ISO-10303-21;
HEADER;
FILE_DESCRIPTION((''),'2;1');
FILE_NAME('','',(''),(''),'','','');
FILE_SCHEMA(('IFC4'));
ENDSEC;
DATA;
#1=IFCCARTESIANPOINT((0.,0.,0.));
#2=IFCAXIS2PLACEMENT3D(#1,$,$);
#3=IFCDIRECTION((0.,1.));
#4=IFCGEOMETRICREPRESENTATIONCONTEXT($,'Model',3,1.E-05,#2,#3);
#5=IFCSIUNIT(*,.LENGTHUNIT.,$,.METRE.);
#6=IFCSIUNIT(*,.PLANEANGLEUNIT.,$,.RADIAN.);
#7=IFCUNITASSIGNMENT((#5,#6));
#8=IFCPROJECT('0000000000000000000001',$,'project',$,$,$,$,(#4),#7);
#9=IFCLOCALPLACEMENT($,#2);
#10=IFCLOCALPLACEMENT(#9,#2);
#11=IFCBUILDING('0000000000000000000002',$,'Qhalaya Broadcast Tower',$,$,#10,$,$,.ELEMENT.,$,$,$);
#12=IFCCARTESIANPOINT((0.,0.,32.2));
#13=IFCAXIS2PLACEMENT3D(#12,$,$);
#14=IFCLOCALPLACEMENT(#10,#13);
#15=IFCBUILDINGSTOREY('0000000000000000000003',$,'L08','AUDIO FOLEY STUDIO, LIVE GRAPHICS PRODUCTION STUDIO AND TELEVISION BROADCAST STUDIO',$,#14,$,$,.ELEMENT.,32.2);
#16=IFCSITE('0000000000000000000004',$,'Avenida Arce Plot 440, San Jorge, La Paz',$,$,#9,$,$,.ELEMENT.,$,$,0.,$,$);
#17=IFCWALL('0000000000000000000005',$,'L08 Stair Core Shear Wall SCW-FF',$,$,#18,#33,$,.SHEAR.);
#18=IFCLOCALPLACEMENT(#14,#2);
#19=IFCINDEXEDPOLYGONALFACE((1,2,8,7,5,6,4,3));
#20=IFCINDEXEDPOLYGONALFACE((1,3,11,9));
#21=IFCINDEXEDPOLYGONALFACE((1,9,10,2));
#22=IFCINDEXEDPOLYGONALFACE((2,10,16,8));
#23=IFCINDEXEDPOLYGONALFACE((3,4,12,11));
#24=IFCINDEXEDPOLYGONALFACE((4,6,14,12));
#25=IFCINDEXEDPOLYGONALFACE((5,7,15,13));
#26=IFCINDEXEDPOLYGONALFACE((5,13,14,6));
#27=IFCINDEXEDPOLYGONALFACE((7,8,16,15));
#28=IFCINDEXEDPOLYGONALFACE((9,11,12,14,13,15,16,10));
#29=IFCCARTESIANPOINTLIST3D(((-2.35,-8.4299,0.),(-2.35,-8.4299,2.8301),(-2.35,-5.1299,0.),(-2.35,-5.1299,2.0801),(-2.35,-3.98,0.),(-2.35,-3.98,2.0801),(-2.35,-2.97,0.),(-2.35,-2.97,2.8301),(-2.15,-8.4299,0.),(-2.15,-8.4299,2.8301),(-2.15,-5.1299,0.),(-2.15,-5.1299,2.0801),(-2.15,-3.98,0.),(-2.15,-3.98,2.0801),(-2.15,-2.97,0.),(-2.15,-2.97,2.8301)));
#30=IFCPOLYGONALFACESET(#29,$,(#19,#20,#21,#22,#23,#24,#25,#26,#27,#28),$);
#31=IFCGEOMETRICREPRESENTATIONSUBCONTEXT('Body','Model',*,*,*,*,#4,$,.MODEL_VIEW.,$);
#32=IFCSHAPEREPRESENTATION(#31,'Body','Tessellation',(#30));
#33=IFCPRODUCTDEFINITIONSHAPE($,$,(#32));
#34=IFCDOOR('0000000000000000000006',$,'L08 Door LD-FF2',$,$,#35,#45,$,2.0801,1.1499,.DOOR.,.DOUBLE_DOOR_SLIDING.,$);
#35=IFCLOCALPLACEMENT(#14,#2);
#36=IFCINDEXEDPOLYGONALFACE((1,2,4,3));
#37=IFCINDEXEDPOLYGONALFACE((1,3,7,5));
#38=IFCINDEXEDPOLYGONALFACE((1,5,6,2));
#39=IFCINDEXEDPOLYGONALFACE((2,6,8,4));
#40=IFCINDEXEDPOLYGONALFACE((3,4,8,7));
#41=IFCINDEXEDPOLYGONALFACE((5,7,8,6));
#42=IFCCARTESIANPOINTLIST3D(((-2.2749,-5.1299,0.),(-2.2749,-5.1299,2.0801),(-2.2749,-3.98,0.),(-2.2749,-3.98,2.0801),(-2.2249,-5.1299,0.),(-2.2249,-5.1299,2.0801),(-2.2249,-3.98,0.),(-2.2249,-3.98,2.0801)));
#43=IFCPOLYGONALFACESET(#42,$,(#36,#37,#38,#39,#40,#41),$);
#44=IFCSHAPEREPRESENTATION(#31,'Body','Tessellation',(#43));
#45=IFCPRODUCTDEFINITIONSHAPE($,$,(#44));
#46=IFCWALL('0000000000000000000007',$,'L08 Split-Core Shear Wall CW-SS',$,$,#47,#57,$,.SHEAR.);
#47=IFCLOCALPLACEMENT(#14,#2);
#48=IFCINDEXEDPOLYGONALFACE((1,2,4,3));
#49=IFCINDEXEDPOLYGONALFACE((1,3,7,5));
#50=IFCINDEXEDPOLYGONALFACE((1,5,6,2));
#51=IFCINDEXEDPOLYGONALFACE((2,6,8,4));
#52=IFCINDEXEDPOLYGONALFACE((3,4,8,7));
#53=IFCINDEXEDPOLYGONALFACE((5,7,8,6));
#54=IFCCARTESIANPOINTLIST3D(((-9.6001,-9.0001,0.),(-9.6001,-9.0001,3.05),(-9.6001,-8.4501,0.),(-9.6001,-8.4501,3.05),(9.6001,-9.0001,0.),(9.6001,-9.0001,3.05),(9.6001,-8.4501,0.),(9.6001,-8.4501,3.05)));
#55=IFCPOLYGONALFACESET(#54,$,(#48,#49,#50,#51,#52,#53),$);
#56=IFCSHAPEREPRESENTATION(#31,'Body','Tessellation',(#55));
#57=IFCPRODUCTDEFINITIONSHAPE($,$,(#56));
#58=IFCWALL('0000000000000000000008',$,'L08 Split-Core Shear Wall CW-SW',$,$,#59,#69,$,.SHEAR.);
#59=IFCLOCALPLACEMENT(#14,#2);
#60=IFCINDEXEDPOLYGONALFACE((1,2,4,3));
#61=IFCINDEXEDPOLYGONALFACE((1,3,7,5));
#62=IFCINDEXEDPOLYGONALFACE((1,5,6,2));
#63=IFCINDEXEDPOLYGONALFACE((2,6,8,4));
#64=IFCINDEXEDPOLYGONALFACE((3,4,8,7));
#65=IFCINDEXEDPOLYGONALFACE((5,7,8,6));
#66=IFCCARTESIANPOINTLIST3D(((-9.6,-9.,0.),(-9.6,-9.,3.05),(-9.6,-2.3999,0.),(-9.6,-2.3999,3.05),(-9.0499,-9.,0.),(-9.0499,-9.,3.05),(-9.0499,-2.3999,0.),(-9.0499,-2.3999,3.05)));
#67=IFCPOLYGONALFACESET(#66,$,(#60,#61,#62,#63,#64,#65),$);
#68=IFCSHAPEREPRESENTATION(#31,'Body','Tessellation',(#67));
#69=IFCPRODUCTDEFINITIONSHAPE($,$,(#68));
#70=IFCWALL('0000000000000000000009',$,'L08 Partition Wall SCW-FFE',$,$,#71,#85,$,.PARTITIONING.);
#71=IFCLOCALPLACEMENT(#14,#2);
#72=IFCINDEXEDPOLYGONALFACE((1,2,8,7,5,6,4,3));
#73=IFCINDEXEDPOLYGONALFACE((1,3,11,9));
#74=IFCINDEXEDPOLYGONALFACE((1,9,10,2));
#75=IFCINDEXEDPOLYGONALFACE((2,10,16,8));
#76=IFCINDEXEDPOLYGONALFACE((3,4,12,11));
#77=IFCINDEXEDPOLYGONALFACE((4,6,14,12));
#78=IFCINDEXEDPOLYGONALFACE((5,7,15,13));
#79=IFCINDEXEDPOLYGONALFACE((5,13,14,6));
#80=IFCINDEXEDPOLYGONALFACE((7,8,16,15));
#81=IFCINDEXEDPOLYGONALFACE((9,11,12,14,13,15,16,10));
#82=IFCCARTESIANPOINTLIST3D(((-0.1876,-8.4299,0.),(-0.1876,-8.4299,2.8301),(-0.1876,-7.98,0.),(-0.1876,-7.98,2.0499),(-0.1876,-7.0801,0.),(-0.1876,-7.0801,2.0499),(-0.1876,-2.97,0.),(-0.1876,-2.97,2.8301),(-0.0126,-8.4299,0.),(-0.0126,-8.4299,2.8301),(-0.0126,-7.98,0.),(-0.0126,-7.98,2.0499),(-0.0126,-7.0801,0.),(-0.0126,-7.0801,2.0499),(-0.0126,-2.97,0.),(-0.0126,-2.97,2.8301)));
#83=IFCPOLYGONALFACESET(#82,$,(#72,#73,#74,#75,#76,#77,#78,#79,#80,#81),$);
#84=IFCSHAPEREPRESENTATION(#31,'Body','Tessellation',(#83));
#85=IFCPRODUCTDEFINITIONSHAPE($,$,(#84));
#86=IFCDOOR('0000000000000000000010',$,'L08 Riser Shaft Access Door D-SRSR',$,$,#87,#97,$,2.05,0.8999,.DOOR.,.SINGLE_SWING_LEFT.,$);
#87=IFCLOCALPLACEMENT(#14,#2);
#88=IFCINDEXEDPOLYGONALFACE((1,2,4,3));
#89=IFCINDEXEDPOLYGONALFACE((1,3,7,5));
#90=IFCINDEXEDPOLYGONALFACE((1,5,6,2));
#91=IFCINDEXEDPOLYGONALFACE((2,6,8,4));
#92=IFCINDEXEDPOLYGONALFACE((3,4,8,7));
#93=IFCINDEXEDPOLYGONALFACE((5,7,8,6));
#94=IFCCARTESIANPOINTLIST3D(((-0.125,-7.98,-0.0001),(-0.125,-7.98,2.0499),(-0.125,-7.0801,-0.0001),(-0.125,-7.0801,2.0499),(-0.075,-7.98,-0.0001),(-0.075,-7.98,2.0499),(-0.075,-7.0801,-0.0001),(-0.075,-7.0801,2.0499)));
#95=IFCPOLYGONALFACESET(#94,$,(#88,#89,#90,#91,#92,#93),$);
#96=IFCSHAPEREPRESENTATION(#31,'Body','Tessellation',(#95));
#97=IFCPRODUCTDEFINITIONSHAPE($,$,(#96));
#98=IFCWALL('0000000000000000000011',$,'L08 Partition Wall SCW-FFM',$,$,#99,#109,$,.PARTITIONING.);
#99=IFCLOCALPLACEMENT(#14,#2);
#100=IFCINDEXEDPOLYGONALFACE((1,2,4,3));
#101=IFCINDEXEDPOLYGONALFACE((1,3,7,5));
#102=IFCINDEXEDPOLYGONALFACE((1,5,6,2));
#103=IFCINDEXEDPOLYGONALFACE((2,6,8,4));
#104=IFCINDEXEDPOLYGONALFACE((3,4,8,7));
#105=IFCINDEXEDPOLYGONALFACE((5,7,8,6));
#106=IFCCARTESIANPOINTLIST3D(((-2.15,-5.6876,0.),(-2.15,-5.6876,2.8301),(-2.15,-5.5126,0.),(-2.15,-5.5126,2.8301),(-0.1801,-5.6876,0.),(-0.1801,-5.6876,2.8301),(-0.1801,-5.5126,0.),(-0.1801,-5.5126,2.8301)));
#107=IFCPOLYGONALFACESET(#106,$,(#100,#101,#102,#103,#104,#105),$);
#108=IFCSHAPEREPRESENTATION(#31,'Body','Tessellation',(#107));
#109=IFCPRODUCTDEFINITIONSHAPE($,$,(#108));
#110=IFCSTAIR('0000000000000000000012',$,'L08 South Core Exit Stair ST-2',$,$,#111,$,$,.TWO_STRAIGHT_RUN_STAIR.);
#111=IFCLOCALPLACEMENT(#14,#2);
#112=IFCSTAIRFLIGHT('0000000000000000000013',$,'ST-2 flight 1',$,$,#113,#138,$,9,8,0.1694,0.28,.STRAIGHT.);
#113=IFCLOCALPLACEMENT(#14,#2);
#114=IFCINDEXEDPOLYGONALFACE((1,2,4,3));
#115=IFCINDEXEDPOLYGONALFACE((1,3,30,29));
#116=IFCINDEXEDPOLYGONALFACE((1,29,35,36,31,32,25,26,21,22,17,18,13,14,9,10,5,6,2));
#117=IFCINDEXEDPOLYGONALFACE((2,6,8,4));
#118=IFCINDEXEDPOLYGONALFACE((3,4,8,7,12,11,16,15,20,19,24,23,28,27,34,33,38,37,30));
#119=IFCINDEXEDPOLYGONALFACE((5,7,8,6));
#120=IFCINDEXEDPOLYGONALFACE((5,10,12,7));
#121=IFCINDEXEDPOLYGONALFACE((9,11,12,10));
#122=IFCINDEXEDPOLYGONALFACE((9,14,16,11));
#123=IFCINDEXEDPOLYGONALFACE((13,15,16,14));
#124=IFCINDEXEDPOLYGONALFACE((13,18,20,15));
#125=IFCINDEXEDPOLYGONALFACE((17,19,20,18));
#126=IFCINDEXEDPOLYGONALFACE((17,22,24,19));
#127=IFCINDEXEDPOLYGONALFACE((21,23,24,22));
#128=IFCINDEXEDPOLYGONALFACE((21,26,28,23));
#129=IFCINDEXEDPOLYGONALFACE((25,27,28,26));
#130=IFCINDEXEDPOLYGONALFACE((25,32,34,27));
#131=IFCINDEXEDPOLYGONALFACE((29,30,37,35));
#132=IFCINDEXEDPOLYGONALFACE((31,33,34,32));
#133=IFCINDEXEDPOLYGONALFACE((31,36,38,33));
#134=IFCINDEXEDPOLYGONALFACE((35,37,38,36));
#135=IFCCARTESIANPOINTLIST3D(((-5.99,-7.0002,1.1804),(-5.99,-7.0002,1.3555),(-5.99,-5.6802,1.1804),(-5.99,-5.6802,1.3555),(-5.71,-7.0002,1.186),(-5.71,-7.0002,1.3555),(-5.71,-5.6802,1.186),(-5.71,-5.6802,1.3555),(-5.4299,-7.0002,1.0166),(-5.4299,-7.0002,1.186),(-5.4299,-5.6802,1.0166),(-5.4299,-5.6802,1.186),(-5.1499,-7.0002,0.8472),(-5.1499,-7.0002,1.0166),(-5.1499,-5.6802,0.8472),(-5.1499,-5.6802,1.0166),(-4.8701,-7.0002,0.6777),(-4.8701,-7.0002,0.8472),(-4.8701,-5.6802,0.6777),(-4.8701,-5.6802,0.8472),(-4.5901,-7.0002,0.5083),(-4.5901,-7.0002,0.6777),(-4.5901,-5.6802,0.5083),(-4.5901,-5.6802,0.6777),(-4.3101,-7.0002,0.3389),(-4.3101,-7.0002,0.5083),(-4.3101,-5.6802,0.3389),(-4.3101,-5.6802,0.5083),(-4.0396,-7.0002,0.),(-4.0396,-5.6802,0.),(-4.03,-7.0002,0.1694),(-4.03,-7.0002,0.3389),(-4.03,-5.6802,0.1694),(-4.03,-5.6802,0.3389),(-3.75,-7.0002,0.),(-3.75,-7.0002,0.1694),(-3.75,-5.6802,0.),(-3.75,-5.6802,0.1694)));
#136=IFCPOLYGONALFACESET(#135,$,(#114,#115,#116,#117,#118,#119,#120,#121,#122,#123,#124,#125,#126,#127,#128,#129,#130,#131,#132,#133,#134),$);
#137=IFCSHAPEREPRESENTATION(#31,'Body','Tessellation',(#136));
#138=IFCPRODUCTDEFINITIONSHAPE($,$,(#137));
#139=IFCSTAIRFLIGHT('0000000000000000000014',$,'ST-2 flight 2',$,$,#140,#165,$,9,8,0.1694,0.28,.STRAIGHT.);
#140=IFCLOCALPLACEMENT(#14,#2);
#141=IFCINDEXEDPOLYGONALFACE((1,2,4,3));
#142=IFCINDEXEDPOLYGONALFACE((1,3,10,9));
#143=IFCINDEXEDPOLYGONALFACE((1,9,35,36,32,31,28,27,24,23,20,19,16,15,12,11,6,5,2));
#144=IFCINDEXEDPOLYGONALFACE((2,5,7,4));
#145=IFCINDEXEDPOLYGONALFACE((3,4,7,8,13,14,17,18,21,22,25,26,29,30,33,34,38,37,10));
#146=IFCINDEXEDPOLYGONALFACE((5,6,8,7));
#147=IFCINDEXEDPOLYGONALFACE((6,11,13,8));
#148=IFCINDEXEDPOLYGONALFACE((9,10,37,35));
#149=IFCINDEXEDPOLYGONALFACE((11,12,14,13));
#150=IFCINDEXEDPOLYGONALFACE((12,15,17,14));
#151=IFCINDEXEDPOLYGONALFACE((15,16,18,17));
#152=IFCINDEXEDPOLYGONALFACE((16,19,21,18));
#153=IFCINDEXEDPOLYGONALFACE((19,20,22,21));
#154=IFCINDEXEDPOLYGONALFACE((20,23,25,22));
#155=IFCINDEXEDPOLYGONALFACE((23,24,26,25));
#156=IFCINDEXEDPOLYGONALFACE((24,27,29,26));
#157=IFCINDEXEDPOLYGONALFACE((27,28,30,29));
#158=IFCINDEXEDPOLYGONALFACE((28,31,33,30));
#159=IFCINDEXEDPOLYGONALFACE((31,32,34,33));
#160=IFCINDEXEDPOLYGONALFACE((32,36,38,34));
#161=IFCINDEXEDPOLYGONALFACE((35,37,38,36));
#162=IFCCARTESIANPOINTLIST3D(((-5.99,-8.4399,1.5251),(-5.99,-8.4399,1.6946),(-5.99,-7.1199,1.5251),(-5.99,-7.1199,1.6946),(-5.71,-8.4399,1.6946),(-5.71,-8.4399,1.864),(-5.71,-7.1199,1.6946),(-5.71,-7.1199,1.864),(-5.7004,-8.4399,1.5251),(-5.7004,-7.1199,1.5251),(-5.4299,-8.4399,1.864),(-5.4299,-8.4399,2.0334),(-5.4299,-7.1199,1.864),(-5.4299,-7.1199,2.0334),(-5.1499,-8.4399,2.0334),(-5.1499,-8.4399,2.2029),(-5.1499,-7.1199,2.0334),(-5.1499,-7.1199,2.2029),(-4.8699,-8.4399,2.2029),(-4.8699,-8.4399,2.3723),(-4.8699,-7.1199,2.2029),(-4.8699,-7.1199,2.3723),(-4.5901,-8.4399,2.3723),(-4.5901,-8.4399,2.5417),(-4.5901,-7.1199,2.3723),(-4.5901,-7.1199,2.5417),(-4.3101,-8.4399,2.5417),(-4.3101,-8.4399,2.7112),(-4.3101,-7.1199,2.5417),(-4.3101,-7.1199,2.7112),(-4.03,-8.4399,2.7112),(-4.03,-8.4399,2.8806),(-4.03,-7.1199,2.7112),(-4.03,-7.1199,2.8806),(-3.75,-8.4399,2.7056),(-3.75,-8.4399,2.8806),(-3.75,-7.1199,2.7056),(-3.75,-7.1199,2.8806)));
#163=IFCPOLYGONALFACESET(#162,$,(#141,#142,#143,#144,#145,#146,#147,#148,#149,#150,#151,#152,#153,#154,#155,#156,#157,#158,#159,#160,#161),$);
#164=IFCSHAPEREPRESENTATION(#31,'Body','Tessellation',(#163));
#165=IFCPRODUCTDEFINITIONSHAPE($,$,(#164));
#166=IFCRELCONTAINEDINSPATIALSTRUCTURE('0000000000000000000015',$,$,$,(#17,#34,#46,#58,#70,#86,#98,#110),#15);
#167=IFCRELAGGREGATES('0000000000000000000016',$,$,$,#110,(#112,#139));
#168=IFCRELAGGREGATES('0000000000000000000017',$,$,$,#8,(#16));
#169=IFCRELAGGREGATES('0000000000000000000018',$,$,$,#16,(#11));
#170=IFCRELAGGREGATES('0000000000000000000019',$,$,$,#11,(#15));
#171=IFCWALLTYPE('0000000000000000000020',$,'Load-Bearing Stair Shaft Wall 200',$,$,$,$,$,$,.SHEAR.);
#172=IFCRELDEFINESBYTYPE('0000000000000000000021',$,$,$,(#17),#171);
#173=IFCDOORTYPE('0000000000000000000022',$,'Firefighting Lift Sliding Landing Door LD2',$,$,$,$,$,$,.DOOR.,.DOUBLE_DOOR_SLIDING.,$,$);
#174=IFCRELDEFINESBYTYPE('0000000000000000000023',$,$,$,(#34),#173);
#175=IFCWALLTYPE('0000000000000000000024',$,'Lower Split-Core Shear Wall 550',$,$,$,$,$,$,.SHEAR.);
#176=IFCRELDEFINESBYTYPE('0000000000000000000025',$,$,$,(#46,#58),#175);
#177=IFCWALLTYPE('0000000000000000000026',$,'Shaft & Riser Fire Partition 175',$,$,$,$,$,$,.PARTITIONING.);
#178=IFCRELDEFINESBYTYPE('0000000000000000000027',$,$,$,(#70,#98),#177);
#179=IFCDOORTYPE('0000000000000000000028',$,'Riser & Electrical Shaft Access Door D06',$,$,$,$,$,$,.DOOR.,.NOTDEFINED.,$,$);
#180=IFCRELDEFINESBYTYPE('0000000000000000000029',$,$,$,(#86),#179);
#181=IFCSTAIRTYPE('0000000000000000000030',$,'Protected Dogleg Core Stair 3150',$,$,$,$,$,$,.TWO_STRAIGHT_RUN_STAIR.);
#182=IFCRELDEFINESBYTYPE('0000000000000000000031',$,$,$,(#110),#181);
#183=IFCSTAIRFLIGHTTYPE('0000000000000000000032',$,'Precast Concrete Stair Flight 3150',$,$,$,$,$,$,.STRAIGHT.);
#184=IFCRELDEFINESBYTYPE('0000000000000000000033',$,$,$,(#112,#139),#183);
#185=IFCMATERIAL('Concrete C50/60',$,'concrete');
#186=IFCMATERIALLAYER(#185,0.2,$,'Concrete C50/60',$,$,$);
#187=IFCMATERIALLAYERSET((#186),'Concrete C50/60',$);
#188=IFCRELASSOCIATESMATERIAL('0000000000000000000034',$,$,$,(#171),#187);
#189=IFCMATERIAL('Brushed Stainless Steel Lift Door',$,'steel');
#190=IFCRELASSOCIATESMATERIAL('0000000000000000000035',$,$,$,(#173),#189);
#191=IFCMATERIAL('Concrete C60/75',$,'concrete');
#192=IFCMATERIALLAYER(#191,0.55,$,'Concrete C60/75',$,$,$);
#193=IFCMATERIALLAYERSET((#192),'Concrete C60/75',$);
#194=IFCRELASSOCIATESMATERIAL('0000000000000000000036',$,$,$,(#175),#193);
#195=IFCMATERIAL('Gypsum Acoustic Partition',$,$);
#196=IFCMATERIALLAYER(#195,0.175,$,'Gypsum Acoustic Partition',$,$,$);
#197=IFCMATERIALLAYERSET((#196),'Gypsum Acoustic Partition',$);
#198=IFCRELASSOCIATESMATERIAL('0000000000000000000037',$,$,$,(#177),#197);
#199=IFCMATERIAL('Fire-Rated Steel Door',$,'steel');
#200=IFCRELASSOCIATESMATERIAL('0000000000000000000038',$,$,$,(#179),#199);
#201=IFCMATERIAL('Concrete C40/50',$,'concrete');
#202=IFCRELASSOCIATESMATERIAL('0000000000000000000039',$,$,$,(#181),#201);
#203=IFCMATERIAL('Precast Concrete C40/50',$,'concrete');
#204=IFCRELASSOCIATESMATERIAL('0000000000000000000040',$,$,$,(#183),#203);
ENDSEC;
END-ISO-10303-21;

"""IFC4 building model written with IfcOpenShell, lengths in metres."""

from ifc_helpers import new_model, si_unit, direction, frame, frame_2d, origin, place, context, subcontext, project, spatial, polyline, rectangle, outline, extrude, material, layer, layer_set, type_object, element, fill, aggregate, save


model = new_model("IFC4")

# Units and contexts
model_context = context("Model", 3, precision=1e-05, world=origin(), true_north=direction((0.0, 1.0)))
body_context = subcontext(model_context, "Body", "Model", "MODEL_VIEW")
ifc_project = project(units=[si_unit("LENGTHUNIT", "METRE"), si_unit("PLANEANGLEUNIT", "RADIAN")], contexts=[model_context])

# Site, building, storey
site_placement = place(None, origin())
site = spatial("IfcSite", under=ifc_project, at=site_placement, Name="Avenida Arce Plot 440, San Jorge, La Paz", CompositionType="ELEMENT", RefElevation=0.0)
building_placement = place(site_placement, origin())
building = spatial("IfcBuilding", under=site, at=building_placement, Name="Qhalaya Broadcast Tower", CompositionType="ELEMENT")
storey_placement = place(building_placement, frame((0.0, 0.0, 32.2)))
storey = spatial("IfcBuildingStorey", under=building, at=storey_placement, Name="L08", Description="AUDIO FOLEY STUDIO, LIVE GRAPHICS PRODUCTION STUDIO AND TELEVISION BROADCAST STUDIO", CompositionType="ELEMENT", Elevation=32.2)

# Shared definitions
ifc_material_1 = material(Name="Concrete C50/60", Category="concrete")

# Wall, opening, door
ifc_layer_1 = layer(ifc_material_1, 0.2, Name="Concrete C50/60")
ifc_layer_set_1 = layer_set([ifc_layer_1], Name="Concrete C50/60")
wall_type_1 = type_object("IfcWallType", Name="Load-Bearing Stair Shaft Wall 200", PredefinedType="SHEAR", material=ifc_layer_set_1)
ifc_material_2 = material(Name="Fire-Rated Steel Door", Category="steel")
wall_1_placement = place(storey_placement, frame((-2.25, -8.4299, 0.0), z_axis=(0.0, 0.0, 1.0), x_axis=(0.0, 1.0, 0.0)))
wall_1 = element("IfcWall", 1, at=wall_1_placement, inside=storey, type_object=wall_type_1, Name="L08 Stair Core Shear Wall SCW-FF", PredefinedType="SHEAR", context=body_context, shape_type="SweptSolid", body=[
    extrude(rectangle(XDim=5.46, YDim=0.2, at=frame_2d((2.73, 0.0))), origin(), (0.0, 0.0, 1.0), 2.8301),
])
opening_1_placement = place(wall_1_placement, frame((3.3, 0.0, 0.0)))
opening_1 = element("IfcOpeningElement", 2, at=opening_1_placement, cuts=wall_1, PredefinedType="OPENING", context=body_context, shape_type="SweptSolid", body=[
    extrude(rectangle(XDim=1.1499, YDim=2.0801, at=frame_2d((0.575, 1.04))), frame((0.0, 0.1121, 0.0), z_axis=(0.0, -1.0, 0.0), x_axis=(1.0, 0.0, 0.0)), (0.0, 0.0, 1.0), 0.2239),
])
ifc_material_3 = material(Name="Brushed Stainless Steel Lift Door", Category="steel")
door_type_1 = type_object("IfcDoorType", Name="Firefighting Lift Sliding Landing Door LD2", OperationType="DOUBLE_DOOR_SLIDING", PredefinedType="DOOR", material=ifc_material_3)
door_1_placement = place(opening_1_placement, origin())
door_1 = element("IfcDoor", 3, at=door_1_placement, inside=storey, type_object=door_type_1, Name="L08 Door LD-FF2", OperationType="DOUBLE_DOOR_SLIDING", OverallHeight=2.0801, OverallWidth=1.1499, PredefinedType="DOOR", context=body_context, shape_type="SweptSolid", body=[
    extrude(rectangle(XDim=1.1499, YDim=2.0801, at=frame_2d((0.575, 1.04))), frame((0.0, 0.0249, 0.0), z_axis=(0.0, -1.0, 0.0), x_axis=(1.0, 0.0, 0.0)), (0.0, 0.0, 1.0), 0.05),
])
fill(opening_1, door_1)

# Wall
ifc_material_4 = material(Name="Concrete C60/75", Category="concrete")
ifc_layer_2 = layer(ifc_material_4, 0.55, Name="Concrete C60/75")
ifc_layer_set_2 = layer_set([ifc_layer_2], Name="Concrete C60/75")
wall_type_2 = type_object("IfcWallType", Name="Lower Split-Core Shear Wall 550", PredefinedType="SHEAR", material=ifc_layer_set_2)
wall_2_placement = place(storey_placement, frame((-9.6001, -8.7251, 0.0), z_axis=(0.0, 0.0, 1.0), x_axis=(1.0, 0.0, 0.0)))
element("IfcWall", 4, at=wall_2_placement, inside=storey, type_object=wall_type_2, Name="L08 Split-Core Shear Wall CW-SS", PredefinedType="SHEAR", context=body_context, shape_type="SweptSolid", body=[
    extrude(rectangle(XDim=19.2002, YDim=0.55, at=frame_2d((9.6001, 0.0))), origin(), (0.0, 0.0, 1.0), 3.05),
])

# Wall
wall_3_placement = place(storey_placement, frame((-9.325, -9.0, 0.0), z_axis=(0.0, 0.0, 1.0), x_axis=(0.0, 1.0, 0.0)))
element("IfcWall", 5, at=wall_3_placement, inside=storey, type_object=wall_type_2, Name="L08 Split-Core Shear Wall CW-SW", PredefinedType="SHEAR", context=body_context, shape_type="SweptSolid", body=[
    extrude(rectangle(XDim=6.6001, YDim=0.55, at=frame_2d((3.3, 0.0))), origin(), (0.0, 0.0, 1.0), 3.05),
])

# Wall, opening, door
ifc_material_5 = material(Name="Gypsum Acoustic Partition")
ifc_layer_3 = layer(ifc_material_5, 0.175, Name="Gypsum Acoustic Partition")
ifc_layer_set_3 = layer_set([ifc_layer_3], Name="Gypsum Acoustic Partition")
wall_type_3 = type_object("IfcWallType", Name="Shaft & Riser Fire Partition 175", PredefinedType="PARTITIONING", material=ifc_layer_set_3)
wall_4_placement = place(storey_placement, frame((-0.1001, -8.4299, 0.0), z_axis=(0.0, 0.0, 1.0), x_axis=(0.0, 1.0, 0.0)))
wall_4 = element("IfcWall", 6, at=wall_4_placement, inside=storey, type_object=wall_type_3, Name="L08 Partition Wall SCW-FFE", PredefinedType="PARTITIONING", context=body_context, shape_type="SweptSolid", body=[
    extrude(rectangle(XDim=5.46, YDim=0.175, at=frame_2d((2.73, 0.0))), origin(), (0.0, 0.0, 1.0), 2.8301),
])
opening_2_placement = place(wall_4_placement, frame((0.45, 0.0, 0.0)))
opening_2 = element("IfcOpeningElement", 7, at=opening_2_placement, cuts=wall_4, PredefinedType="OPENING", context=body_context, shape_type="SweptSolid", body=[
    extrude(rectangle(XDim=0.8999, YDim=2.05, at=frame_2d((0.45, 1.0249))), frame((0.0, 0.0996, 0.0), z_axis=(0.0, -1.0, 0.0), x_axis=(1.0, 0.0, 0.0)), (0.0, 0.0, 1.0), 0.199),
])
door_type_2 = type_object("IfcDoorType", Name="Riser & Electrical Shaft Access Door D06", OperationType="NOTDEFINED", PredefinedType="DOOR", material=ifc_material_2)
door_2_placement = place(opening_2_placement, origin())
door_2 = element("IfcDoor", 8, at=door_2_placement, inside=storey, type_object=door_type_2, Name="L08 Riser Shaft Access Door D-SRSR", OperationType="SINGLE_SWING_LEFT", OverallHeight=2.05, OverallWidth=0.8999, PredefinedType="DOOR", context=body_context, shape_type="SweptSolid", body=[
    extrude(rectangle(XDim=0.8999, YDim=2.05, at=frame_2d((0.45, 1.0249))), frame((0.0, 0.0249, 0.0), z_axis=(0.0, -1.0, 0.0), x_axis=(1.0, 0.0, 0.0)), (0.0, 0.0, 1.0), 0.05),
])
fill(opening_2, door_2)

# Wall
wall_5_placement = place(storey_placement, frame((-2.1499, -5.6001, 0.0), z_axis=(0.0, 0.0, 1.0), x_axis=(1.0, 0.0, 0.0)))
element("IfcWall", 9, at=wall_5_placement, inside=storey, type_object=wall_type_3, Name="L08 Partition Wall SCW-FFM", PredefinedType="PARTITIONING", context=body_context, shape_type="SweptSolid", body=[
    extrude(rectangle(XDim=1.97, YDim=0.175, at=frame_2d((0.9849, 0.0))), origin(), (0.0, 0.0, 1.0), 2.8301),
])

# Stair, stair flights
ifc_material_6 = material(Name="Concrete C40/50", Category="concrete")
stair_type = type_object("IfcStairType", Name="Protected Dogleg Core Stair 3150", PredefinedType="TWO_STRAIGHT_RUN_STAIR", material=ifc_material_6)
stair_placement = place(storey_placement, origin())
stair = element("IfcStair", 10, at=stair_placement, inside=storey, type_object=stair_type, Name="L08 South Core Exit Stair ST-2", PredefinedType="TWO_STRAIGHT_RUN_STAIR")
ifc_material_7 = material(Name="Precast Concrete C40/50", Category="concrete")
stair_flight_type = type_object("IfcStairFlightType", Name="Precast Concrete Stair Flight 3150", PredefinedType="STRAIGHT", material=ifc_material_7)
stair_flight_1_placement = place(storey_placement, frame((-3.75, -6.3401, 0.0), z_axis=(0.0, 0.0, 1.0), x_axis=(-1.0, 0.0, 0.0)))
stair_flight_1 = element("IfcStairFlight", 11, at=stair_flight_1_placement, type_object=stair_flight_type, Name="ST-2 flight 1", NumberOfRisers=9, NumberOfTreads=8, PredefinedType="STRAIGHT", RiserHeight=0.1694, TreadLength=0.28, context=body_context, shape_type="SweptSolid", body=[
    extrude(outline(polyline([(0.0, 0.0), (0.0, 0.1694), (0.28, 0.1694), (0.28, 0.3389), (0.5601, 0.3389), (0.5601, 0.5083), (0.8401, 0.5083), (0.8401, 0.6777), (1.1201, 0.6777), (1.1201, 0.8472), (1.3999, 0.8472), (1.3999, 1.0166), (1.6799, 1.0166), (1.6799, 1.186), (1.96, 1.186), (1.96, 1.3555), (2.24, 1.3555), (2.24, 1.5249), (2.24, 1.1804), (0.2896, 0.0), (0.0, 0.0)])), frame((0.0, 0.6602, 0.0), z_axis=(0.0, -1.0, 0.0), x_axis=(1.0, 0.0, 0.0)), (0.0, 0.0, 1.0), 1.3201),
])
stair_flight_2_placement = place(storey_placement, frame((-5.99, -7.78, 1.5251), z_axis=(0.0, 0.0, 1.0), x_axis=(1.0, 0.0, 0.0)))
stair_flight_2 = element("IfcStairFlight", 12, at=stair_flight_2_placement, type_object=stair_flight_type, Name="ST-2 flight 2", NumberOfRisers=9, NumberOfTreads=8, PredefinedType="STRAIGHT", RiserHeight=0.1694, TreadLength=0.28, context=body_context, shape_type="SweptSolid", body=[
    extrude(outline(polyline([(0.0, 0.0), (0.0, 0.1694), (0.28, 0.1694), (0.28, 0.3389), (0.5601, 0.3389), (0.5601, 0.5083), (0.8401, 0.5083), (0.8401, 0.6777), (1.1201, 0.6777), (1.1201, 0.8472), (1.3999, 0.8472), (1.3999, 1.0166), (1.6799, 1.0166), (1.6799, 1.186), (1.96, 1.186), (1.96, 1.3555), (2.24, 1.3555), (2.24, 1.5249), (2.24, 1.1804), (0.2896, 0.0), (0.0, 0.0)])), frame((0.0, 0.6602, 0.0), z_axis=(0.0, -1.0, 0.0), x_axis=(1.0, 0.0, 0.0)), (0.0, 0.0, 1.0), 1.3201),
])
aggregate(stair, [stair_flight_1, stair_flight_2])

save(model, "model.ifc")
